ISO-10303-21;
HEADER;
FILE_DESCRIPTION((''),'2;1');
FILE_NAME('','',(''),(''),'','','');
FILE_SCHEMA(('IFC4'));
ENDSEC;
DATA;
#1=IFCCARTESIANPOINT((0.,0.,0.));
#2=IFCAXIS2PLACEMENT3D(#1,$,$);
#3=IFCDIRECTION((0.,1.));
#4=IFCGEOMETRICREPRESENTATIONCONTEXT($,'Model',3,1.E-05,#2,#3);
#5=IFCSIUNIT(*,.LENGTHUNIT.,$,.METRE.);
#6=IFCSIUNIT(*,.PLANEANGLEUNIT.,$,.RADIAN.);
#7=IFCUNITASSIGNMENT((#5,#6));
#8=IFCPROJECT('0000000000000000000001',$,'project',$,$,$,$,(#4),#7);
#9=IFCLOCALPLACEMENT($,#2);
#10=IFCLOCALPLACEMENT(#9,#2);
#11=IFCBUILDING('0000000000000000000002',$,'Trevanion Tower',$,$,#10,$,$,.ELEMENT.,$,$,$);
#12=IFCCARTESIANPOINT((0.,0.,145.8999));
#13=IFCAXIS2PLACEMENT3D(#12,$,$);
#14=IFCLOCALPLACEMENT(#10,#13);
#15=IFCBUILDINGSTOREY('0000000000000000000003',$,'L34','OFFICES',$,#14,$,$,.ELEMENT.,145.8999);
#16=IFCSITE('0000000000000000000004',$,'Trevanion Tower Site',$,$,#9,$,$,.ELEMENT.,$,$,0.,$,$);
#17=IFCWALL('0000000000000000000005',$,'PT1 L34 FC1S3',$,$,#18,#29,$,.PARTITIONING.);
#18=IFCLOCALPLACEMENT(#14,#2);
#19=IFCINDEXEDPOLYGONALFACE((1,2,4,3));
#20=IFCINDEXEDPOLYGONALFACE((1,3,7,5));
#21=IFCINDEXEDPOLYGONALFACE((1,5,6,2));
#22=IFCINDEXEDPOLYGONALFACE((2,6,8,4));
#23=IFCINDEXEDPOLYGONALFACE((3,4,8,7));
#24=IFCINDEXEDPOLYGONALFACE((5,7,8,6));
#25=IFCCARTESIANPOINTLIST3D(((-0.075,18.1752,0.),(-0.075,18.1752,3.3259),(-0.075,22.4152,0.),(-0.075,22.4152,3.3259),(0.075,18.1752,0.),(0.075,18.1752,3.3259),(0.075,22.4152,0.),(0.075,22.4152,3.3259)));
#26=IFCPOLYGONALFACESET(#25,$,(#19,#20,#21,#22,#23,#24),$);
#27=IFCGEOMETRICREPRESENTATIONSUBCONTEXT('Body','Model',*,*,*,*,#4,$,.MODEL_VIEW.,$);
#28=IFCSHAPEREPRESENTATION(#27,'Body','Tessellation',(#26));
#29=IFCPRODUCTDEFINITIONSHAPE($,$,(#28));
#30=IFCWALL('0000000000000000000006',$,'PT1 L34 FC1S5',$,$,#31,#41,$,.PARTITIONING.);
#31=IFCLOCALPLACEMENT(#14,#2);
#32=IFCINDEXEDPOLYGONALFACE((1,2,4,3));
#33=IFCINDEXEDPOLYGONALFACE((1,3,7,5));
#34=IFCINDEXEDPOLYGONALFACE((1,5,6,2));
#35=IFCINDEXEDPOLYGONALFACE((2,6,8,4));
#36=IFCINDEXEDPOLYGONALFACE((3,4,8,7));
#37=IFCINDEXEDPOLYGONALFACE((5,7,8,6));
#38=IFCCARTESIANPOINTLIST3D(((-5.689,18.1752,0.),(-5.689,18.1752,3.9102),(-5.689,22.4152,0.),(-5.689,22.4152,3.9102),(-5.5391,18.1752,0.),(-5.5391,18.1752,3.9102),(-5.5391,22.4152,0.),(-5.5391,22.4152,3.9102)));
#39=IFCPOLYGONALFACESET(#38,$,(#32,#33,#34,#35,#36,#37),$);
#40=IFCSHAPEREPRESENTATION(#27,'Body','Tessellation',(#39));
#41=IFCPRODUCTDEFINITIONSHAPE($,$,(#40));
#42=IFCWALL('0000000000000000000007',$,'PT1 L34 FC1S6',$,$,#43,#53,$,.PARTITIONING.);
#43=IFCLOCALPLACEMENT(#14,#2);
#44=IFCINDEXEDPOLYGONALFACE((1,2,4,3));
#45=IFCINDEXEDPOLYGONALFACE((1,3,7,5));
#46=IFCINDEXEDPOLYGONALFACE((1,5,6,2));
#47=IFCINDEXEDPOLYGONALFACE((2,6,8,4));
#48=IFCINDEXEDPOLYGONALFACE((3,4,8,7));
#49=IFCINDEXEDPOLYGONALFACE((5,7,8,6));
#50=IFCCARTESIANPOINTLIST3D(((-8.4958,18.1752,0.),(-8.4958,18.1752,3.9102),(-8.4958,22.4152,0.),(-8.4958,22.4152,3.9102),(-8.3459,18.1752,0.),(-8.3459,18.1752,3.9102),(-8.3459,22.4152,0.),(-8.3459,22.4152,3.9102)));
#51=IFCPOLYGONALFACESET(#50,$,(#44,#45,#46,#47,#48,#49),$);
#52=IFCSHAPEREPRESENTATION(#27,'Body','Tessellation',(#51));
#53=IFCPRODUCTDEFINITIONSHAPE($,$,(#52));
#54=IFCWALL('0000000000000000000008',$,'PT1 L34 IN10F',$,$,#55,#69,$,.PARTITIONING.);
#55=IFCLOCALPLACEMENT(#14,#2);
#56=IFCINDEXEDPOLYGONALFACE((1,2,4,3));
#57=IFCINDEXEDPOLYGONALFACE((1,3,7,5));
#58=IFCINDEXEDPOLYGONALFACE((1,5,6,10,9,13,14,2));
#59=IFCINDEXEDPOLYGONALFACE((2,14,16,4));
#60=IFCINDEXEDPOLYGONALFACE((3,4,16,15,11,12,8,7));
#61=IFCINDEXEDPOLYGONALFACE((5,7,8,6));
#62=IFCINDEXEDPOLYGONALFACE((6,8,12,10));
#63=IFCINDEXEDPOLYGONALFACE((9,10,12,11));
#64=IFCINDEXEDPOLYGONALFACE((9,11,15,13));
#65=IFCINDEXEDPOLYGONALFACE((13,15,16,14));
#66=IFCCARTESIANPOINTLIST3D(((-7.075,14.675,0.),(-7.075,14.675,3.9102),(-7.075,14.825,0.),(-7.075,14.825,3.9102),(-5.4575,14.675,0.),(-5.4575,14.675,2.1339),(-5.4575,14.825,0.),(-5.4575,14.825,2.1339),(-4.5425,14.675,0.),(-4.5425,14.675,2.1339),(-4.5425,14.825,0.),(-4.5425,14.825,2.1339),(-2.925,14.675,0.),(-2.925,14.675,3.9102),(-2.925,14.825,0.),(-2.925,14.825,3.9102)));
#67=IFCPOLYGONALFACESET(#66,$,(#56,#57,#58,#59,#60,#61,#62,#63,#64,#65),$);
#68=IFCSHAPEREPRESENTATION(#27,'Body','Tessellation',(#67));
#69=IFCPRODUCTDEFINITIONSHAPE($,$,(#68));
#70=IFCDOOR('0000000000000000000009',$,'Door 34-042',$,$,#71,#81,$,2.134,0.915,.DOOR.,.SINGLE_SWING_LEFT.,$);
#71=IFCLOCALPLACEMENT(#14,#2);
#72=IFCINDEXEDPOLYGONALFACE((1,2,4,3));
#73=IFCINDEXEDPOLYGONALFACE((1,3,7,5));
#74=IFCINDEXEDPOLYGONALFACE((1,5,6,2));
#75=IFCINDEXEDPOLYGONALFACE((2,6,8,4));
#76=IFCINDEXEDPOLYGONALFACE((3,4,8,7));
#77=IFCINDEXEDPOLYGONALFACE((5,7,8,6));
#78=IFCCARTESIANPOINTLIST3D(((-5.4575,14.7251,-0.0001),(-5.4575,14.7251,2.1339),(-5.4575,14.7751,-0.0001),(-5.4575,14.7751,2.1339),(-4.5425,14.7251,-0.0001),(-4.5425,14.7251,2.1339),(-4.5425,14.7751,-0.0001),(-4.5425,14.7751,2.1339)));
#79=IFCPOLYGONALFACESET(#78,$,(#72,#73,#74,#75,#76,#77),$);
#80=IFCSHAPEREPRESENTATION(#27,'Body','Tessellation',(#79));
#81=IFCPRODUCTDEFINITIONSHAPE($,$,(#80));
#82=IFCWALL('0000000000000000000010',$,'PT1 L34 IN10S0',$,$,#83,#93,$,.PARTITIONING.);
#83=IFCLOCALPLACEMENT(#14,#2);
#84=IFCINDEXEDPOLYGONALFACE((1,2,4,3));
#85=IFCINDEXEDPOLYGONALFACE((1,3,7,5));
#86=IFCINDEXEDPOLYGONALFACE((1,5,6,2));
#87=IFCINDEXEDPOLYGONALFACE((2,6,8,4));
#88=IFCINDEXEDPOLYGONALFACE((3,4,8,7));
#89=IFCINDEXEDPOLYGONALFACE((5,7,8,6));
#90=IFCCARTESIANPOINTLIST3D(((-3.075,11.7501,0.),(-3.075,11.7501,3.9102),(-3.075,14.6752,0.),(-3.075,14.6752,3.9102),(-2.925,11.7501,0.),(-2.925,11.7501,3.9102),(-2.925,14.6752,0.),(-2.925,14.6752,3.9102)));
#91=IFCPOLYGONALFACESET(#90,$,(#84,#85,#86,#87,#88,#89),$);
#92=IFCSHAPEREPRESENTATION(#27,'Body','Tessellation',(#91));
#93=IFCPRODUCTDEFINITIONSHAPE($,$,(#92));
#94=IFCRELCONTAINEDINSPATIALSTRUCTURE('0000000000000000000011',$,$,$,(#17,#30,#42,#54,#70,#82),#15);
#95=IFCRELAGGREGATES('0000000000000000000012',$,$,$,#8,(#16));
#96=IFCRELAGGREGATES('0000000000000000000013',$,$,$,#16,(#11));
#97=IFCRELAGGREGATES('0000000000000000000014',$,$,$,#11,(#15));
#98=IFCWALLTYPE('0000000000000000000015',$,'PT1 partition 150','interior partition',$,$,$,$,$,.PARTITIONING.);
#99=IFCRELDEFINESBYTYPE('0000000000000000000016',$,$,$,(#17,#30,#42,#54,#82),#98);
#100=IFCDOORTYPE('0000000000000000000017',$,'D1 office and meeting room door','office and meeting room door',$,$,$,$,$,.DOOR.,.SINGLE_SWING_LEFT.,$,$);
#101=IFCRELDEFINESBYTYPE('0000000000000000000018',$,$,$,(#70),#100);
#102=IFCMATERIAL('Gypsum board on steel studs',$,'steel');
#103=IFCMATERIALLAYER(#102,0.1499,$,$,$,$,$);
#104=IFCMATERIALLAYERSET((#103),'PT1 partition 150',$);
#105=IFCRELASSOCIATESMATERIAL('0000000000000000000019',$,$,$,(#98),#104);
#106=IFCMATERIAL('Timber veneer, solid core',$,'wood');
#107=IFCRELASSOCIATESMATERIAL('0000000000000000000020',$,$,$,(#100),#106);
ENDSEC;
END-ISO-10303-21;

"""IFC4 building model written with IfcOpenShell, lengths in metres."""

from ifc_helpers import new_model, si_unit, direction, frame, frame_2d, origin, place, context, subcontext, project, spatial, rectangle, extrude, material, layer, layer_set, type_object, element, fill, save


model = new_model("IFC4")

# Units and contexts
model_context = context("Model", 3, precision=1e-05, world=origin(), true_north=direction((0.0, 1.0)))
body_context = subcontext(model_context, "Body", "Model", "MODEL_VIEW")
ifc_project = project(units=[si_unit("LENGTHUNIT", "METRE"), si_unit("PLANEANGLEUNIT", "RADIAN")], contexts=[model_context])

# Site, building, storey
site_placement = place(None, origin())
site = spatial("IfcSite", under=ifc_project, at=site_placement, Name="Trevanion Tower Site", CompositionType="ELEMENT", RefElevation=0.0)
building_placement = place(site_placement, origin())
building = spatial("IfcBuilding", under=site, at=building_placement, Name="Trevanion Tower", CompositionType="ELEMENT")
storey_placement = place(building_placement, frame((0.0, 0.0, 145.8999)))
storey = spatial("IfcBuildingStorey", under=building, at=storey_placement, Name="L34", Description="OFFICES", CompositionType="ELEMENT", Elevation=145.8999)

# Walls
ifc_material_1 = material(Name="Gypsum board on steel studs", Category="steel")
ifc_layer_1 = layer(ifc_material_1, 0.1499)
ifc_layer_set_1 = layer_set([ifc_layer_1], Name="PT1 partition 150")
wall_type = type_object("IfcWallType", Name="PT1 partition 150", Description="interior partition", PredefinedType="PARTITIONING", material=ifc_layer_set_1)
wall_1_placement = place(storey_placement, frame((0.0, 18.175, 0.0), z_axis=(0.0, 0.0, 1.0), x_axis=(0.0, 1.0, 0.0)))
element("IfcWall", 1, at=wall_1_placement, inside=storey, type_object=wall_type, Name="PT1 L34 FC1S3", PredefinedType="PARTITIONING", context=body_context, shape_type="SweptSolid", body=[
    extrude(rectangle(XDim=4.24, YDim=0.1499, at=frame_2d((2.1201, 0.0))), origin(), (0.0, 0.0, 1.0), 3.3259),
])
for number, where, z_axis, x_axis, name in (
    (2, (-5.614, 18.175, 0.0), (0.0, 0.0, 1.0), (0.0, 1.0, 0.0), "PT1 L34 FC1S5"),
    (3, (-8.4209, 18.175, 0.0), (0.0, 0.0, 1.0), (0.0, 1.0, 0.0), "PT1 L34 FC1S6"),
):
    element("IfcWall", number, at=place(storey_placement, frame(where, z_axis=z_axis, x_axis=x_axis)), inside=storey, type_object=wall_type, Name=name, PredefinedType="PARTITIONING", context=body_context, shape_type="SweptSolid", body=[
        extrude(rectangle(XDim=4.24, YDim=0.1499, at=frame_2d((2.1201, 0.0))), origin(), (0.0, 0.0, 1.0), 3.9102),
    ])

# Wall, opening, door
wall_2_placement = place(storey_placement, frame((-2.925, 14.75, 0.0), z_axis=(0.0, 0.0, 1.0), x_axis=(-1.0, 0.0, 0.0)))
wall_2 = element("IfcWall", 4, at=wall_2_placement, inside=storey, type_object=wall_type, Name="PT1 L34 IN10F", PredefinedType="PARTITIONING", context=body_context, shape_type="SweptSolid", body=[
    extrude(rectangle(XDim=4.1499, YDim=0.1499, at=frame_2d((2.075, 0.0))), origin(), (0.0, 0.0, 1.0), 3.9102),
])
opening_placement = place(wall_2_placement, frame((1.6174, 0.0, 0.0)))
opening = element("IfcOpeningElement", 5, at=opening_placement, cuts=wall_2, PredefinedType="OPENING", context=body_context, shape_type="SweptSolid", body=[
    extrude(rectangle(XDim=0.915, YDim=2.134, at=frame_2d((0.4575, 1.0669))), frame((0.0, 0.085, 0.0), z_axis=(0.0, -1.0, 0.0), x_axis=(1.0, 0.0, 0.0)), (0.0, 0.0, 1.0), 0.1699),
])
ifc_material_2 = material(Name="Timber veneer, solid core", Category="wood")
door_type = type_object("IfcDoorType", Name="D1 office and meeting room door", Description="office and meeting room door", OperationType="SINGLE_SWING_LEFT", PredefinedType="DOOR", material=ifc_material_2)
door_placement = place(opening_placement, origin())
door = element("IfcDoor", 6, at=door_placement, inside=storey, type_object=door_type, Name="Door 34-042", OperationType="SINGLE_SWING_LEFT", OverallHeight=2.134, OverallWidth=0.915, PredefinedType="DOOR", context=body_context, shape_type="SweptSolid", body=[
    extrude(rectangle(XDim=0.915, YDim=2.134, at=frame_2d((0.4575, 1.0669))), frame((0.0, 0.0249, 0.0), z_axis=(0.0, -1.0, 0.0), x_axis=(1.0, 0.0, 0.0)), (0.0, 0.0, 1.0), 0.05),
])
fill(opening, door)

# Wall
wall_3_placement = place(storey_placement, frame((-3.0, 14.675, 0.0), z_axis=(0.0, 0.0, 1.0), x_axis=(0.0, -1.0, 0.0)))
element("IfcWall", 7, at=wall_3_placement, inside=storey, type_object=wall_type, Name="PT1 L34 IN10S0", PredefinedType="PARTITIONING", context=body_context, shape_type="SweptSolid", body=[
    extrude(rectangle(XDim=2.925, YDim=0.1499, at=frame_2d((1.4624, 0.0))), origin(), (0.0, 0.0, 1.0), 3.9102),
])

save(model, "model.ifc")
